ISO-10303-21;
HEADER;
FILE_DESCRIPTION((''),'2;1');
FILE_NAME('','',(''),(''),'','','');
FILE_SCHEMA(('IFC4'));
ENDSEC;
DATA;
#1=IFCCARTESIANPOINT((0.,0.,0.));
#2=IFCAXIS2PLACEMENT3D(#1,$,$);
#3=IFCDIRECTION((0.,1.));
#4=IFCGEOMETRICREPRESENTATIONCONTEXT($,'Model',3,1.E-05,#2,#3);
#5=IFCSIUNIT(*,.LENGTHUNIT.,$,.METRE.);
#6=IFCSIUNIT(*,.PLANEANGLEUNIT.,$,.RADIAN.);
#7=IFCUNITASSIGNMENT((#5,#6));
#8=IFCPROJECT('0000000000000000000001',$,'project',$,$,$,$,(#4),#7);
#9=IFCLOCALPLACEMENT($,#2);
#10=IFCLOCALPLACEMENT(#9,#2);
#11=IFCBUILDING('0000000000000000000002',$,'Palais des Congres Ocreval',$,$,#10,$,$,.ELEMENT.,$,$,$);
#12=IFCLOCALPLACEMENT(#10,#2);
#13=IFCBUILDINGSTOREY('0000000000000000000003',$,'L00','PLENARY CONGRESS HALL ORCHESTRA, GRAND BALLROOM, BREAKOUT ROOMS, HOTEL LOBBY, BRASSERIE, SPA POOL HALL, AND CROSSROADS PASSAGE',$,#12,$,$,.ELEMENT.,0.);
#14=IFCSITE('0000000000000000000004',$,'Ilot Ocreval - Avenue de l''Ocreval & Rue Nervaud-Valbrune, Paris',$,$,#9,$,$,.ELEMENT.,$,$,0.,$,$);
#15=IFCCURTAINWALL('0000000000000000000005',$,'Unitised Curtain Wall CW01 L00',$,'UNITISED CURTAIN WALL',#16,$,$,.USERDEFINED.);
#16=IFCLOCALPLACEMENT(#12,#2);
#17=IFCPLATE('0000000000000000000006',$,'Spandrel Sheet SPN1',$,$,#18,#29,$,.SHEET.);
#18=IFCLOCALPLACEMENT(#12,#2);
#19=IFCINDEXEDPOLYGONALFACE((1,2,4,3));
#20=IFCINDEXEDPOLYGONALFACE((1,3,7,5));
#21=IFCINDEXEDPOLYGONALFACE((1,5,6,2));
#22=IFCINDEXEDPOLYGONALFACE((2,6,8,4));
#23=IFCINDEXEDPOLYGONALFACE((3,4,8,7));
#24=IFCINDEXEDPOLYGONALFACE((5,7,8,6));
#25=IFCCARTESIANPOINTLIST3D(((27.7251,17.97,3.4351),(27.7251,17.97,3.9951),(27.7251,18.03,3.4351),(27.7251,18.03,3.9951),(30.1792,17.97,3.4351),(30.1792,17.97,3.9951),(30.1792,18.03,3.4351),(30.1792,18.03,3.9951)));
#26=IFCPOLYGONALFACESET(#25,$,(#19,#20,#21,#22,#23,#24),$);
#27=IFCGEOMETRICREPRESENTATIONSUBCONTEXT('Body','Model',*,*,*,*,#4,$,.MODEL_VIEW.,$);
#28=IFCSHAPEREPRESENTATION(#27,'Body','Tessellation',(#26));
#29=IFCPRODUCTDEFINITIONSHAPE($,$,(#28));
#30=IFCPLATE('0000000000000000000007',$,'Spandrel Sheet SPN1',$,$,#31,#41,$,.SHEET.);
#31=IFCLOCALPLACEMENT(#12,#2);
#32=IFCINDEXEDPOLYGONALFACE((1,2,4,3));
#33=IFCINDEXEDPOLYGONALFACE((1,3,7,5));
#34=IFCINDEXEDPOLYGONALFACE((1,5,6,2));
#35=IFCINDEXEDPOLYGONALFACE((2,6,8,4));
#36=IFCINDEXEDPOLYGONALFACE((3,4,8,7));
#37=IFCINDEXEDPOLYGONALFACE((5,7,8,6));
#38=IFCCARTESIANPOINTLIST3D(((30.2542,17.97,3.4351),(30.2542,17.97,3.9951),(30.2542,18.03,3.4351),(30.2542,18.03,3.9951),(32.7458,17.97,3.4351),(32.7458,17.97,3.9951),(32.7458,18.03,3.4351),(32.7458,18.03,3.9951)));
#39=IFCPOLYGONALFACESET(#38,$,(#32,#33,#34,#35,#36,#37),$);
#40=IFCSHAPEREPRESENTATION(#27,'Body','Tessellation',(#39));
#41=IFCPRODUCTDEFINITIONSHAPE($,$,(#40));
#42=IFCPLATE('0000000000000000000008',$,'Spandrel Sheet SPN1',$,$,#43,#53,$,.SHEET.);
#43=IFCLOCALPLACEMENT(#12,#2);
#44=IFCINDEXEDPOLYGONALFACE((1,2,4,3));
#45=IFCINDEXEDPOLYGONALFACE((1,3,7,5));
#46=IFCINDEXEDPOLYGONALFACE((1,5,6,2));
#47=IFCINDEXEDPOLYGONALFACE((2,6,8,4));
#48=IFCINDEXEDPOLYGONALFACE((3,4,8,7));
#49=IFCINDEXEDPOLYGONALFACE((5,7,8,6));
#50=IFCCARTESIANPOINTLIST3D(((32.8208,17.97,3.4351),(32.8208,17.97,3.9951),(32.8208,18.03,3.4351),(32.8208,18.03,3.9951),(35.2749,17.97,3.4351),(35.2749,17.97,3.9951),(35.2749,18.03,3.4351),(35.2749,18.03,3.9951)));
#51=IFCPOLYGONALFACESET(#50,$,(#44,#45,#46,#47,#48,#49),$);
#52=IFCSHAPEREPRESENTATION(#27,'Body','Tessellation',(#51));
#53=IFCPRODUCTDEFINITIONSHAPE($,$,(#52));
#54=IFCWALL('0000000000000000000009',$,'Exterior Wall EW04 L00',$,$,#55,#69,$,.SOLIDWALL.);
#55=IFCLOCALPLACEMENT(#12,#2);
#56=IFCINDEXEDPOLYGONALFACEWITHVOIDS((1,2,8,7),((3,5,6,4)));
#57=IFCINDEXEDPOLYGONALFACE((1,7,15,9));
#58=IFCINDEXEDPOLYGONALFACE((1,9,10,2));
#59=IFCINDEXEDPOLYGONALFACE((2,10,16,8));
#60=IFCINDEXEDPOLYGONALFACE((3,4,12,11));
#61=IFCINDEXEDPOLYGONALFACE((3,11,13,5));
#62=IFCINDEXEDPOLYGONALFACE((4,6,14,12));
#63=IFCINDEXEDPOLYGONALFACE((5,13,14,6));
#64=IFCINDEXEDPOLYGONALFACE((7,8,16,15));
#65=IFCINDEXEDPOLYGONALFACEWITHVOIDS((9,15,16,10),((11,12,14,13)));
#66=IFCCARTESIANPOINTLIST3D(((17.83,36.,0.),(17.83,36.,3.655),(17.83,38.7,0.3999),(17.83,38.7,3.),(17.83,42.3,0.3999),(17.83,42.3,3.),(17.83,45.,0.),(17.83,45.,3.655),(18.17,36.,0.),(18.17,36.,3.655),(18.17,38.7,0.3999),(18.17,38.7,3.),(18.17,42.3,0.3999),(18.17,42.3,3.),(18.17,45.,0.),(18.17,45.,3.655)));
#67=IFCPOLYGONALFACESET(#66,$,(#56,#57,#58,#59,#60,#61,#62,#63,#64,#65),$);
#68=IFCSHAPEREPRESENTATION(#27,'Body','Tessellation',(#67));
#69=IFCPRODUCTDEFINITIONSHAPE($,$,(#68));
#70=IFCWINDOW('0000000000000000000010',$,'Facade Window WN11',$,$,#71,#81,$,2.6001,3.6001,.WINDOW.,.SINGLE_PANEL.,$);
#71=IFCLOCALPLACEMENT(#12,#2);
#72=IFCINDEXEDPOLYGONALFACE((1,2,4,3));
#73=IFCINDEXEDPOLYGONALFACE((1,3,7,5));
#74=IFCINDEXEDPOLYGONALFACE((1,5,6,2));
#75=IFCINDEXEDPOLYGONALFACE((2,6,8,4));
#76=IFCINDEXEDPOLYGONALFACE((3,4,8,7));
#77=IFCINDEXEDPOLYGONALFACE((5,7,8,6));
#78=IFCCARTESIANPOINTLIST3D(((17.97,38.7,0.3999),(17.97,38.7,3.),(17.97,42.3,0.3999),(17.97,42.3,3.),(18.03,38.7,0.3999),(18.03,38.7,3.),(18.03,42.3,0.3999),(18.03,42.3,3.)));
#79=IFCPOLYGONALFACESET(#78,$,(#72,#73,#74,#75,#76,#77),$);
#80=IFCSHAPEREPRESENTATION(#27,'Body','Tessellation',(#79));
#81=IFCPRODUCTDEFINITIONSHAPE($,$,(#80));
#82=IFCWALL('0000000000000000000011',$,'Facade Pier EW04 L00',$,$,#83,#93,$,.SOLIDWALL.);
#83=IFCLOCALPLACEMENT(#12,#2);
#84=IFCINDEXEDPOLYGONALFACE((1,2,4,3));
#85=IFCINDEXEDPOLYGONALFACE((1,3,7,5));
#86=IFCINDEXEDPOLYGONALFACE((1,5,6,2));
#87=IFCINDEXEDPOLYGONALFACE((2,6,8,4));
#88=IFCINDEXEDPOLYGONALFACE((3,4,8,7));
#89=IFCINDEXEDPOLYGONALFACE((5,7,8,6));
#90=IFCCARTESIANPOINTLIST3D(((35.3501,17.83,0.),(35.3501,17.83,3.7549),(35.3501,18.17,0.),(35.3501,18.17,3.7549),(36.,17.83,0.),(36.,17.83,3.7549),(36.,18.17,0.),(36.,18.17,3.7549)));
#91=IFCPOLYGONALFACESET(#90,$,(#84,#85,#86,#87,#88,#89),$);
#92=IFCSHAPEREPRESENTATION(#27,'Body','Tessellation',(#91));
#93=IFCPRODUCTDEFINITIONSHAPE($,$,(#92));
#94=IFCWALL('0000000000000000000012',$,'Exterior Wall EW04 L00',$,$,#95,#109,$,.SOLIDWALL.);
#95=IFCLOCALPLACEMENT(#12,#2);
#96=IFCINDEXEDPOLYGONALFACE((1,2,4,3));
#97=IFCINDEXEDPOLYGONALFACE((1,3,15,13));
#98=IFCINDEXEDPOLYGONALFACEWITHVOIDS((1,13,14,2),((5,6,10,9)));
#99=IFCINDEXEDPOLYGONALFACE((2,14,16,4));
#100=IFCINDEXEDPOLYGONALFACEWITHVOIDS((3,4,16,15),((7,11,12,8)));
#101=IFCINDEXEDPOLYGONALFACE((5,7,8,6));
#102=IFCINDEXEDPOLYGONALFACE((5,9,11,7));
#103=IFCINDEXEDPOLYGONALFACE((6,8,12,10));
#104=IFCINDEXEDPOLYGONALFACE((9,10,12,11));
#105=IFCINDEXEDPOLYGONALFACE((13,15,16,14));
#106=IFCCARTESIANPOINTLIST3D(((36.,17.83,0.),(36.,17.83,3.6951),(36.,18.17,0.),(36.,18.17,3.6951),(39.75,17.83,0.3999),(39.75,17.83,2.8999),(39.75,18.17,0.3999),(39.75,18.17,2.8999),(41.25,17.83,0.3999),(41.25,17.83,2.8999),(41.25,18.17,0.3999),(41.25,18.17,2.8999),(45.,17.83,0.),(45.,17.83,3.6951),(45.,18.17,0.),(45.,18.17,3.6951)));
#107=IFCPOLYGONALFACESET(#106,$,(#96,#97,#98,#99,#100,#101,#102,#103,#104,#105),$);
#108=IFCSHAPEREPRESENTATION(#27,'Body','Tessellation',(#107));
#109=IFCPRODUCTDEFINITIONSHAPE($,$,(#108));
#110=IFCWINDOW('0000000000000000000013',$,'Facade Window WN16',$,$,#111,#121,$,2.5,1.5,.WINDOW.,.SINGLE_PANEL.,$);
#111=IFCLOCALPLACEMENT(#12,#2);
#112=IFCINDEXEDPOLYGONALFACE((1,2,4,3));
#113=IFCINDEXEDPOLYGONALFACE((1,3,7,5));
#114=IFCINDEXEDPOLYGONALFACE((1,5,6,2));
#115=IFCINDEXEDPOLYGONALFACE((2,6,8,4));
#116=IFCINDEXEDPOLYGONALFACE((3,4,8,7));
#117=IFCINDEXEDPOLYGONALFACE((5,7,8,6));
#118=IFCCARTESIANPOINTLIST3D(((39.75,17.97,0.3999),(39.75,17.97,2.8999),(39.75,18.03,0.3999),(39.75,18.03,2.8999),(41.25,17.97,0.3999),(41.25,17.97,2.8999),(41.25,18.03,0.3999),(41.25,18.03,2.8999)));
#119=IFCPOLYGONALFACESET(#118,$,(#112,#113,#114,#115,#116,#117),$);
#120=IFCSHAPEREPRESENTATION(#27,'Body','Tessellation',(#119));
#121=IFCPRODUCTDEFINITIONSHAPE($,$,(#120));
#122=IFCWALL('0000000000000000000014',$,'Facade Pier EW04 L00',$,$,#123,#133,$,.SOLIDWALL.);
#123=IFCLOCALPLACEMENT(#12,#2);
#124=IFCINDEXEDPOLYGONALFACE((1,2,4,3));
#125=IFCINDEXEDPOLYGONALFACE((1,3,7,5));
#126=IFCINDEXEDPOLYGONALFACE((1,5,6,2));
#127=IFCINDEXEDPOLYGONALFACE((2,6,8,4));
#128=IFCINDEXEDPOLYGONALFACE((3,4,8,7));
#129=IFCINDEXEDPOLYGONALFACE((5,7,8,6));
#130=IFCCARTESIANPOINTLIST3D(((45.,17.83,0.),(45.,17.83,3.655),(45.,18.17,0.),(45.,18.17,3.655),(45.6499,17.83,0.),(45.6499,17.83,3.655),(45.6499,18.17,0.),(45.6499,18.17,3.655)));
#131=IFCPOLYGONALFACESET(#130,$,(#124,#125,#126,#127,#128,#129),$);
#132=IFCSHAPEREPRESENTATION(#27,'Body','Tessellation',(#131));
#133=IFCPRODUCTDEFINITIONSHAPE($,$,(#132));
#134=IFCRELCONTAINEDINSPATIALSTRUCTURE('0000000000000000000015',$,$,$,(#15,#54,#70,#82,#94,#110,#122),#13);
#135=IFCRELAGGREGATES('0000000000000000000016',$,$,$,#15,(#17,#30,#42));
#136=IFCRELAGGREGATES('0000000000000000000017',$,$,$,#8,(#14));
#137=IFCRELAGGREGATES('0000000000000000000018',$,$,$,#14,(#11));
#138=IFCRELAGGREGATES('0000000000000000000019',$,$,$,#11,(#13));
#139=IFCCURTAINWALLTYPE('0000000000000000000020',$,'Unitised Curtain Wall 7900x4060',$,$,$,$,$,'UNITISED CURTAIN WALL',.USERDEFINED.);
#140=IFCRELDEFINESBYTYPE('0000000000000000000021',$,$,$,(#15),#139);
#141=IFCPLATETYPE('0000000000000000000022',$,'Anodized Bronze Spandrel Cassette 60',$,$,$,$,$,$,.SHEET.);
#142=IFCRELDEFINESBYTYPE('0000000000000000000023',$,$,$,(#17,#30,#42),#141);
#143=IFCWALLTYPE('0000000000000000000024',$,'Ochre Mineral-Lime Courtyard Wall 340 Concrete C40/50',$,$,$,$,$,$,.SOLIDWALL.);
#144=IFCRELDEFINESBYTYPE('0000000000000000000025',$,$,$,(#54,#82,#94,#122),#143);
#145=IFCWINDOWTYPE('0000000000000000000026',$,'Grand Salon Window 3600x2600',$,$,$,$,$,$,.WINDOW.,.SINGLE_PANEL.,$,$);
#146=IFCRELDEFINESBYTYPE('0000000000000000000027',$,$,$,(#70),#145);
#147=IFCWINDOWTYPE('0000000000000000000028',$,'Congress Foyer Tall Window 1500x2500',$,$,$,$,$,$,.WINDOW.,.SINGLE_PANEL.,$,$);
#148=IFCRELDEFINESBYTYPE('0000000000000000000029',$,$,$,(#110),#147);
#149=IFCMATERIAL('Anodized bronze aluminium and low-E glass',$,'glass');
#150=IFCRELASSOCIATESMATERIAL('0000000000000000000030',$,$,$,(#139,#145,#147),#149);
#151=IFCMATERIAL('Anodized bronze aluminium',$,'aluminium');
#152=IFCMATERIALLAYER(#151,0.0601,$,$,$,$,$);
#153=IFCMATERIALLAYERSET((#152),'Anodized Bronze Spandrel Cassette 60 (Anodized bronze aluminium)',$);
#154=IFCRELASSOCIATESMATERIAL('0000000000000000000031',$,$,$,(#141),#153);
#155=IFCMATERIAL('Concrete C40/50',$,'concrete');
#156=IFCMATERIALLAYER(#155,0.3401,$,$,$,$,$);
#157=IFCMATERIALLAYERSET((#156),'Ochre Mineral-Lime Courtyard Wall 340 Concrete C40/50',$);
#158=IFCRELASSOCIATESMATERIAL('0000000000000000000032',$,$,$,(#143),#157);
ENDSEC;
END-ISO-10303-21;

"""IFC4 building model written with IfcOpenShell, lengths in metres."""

from ifc_helpers import new_model, si_unit, direction, frame, frame_2d, origin, origin_2d, place, context, subcontext, project, spatial, rectangle, extrude, material, layer, layer_set, type_object, element, fill, aggregate, save


model = new_model("IFC4")

# Units and contexts
model_context = context("Model", 3, precision=1e-05, world=origin(), true_north=direction((0.0, 1.0)))
body_context = subcontext(model_context, "Body", "Model", "MODEL_VIEW")
ifc_project = project(units=[si_unit("LENGTHUNIT", "METRE"), si_unit("PLANEANGLEUNIT", "RADIAN")], contexts=[model_context])

# Site, building, storey
site_placement = place(None, origin())
site = spatial("IfcSite", under=ifc_project, at=site_placement, Name="Ilot Ocreval - Avenue de l'Ocreval & Rue Nervaud-Valbrune, Paris", CompositionType="ELEMENT", RefElevation=0.0)
building_placement = place(site_placement, origin())
building = spatial("IfcBuilding", under=site, at=building_placement, Name="Palais des Congres Ocreval", CompositionType="ELEMENT")
storey_placement = place(building_placement, origin())
storey = spatial("IfcBuildingStorey", under=building, at=storey_placement, Name="L00", Description="PLENARY CONGRESS HALL ORCHESTRA, GRAND BALLROOM, BREAKOUT ROOMS, HOTEL LOBBY, BRASSERIE, SPA POOL HALL, AND CROSSROADS PASSAGE", CompositionType="ELEMENT", Elevation=0.0)

# Shared definitions
ifc_material_1 = material(Name="Concrete C40/50", Category="concrete")

# Curtain wall
ifc_material_2 = material(Name="Anodized bronze aluminium and low-E glass", Category="glass")
curtain_wall_type = type_object("IfcCurtainWallType", Name="Unitised Curtain Wall 7900x4060", ElementType="UNITISED CURTAIN WALL", PredefinedType="USERDEFINED", material=ifc_material_2)
curtain_wall_placement = place(storey_placement, origin())
curtain_wall = element("IfcCurtainWall", 1, at=curtain_wall_placement, inside=storey, type_object=curtain_wall_type, Name="Unitised Curtain Wall CW01 L00", ObjectType="UNITISED CURTAIN WALL", PredefinedType="USERDEFINED")
ifc_material_3 = material(Name="Anodized bronze aluminium", Category="aluminium")

# Plates
ifc_layer_1 = layer(ifc_material_3, 0.0601)
ifc_layer_set_1 = layer_set([ifc_layer_1], Name="Anodized Bronze Spandrel Cassette 60 (Anodized bronze aluminium)")
plate_type_1 = type_object("IfcPlateType", Name="Anodized Bronze Spandrel Cassette 60", PredefinedType="SHEET", material=ifc_layer_set_1)
plate_1_placement = place(storey_placement, frame((28.9521, 18.0, 3.4351), z_axis=(0.0, 0.0, 1.0), x_axis=(1.0, 0.0, 0.0)))
plate_1 = element("IfcPlate", 2, at=plate_1_placement, type_object=plate_type_1, Name="Spandrel Sheet SPN1", PredefinedType="SHEET", context=body_context, shape_type="SweptSolid", body=[
    extrude(rectangle(XDim=2.4541, YDim=0.0601, at=origin_2d()), origin(), (0.0, 0.0, 1.0), 0.5601),
])
plate_2_placement = place(storey_placement, frame((31.5, 18.0, 3.4351), z_axis=(0.0, 0.0, 1.0), x_axis=(1.0, 0.0, 0.0)))
plate_2 = element("IfcPlate", 3, at=plate_2_placement, type_object=plate_type_1, Name="Spandrel Sheet SPN1", PredefinedType="SHEET", context=body_context, shape_type="SweptSolid", body=[
    extrude(rectangle(XDim=2.4917, YDim=0.0601, at=origin_2d()), origin(), (0.0, 0.0, 1.0), 0.5601),
])
plate_3_placement = place(storey_placement, frame((34.0479, 18.0, 3.4351), z_axis=(0.0, 0.0, 1.0), x_axis=(1.0, 0.0, 0.0)))
plate_3 = element("IfcPlate", 4, at=plate_3_placement, type_object=plate_type_1, Name="Spandrel Sheet SPN1", PredefinedType="SHEET", context=body_context, shape_type="SweptSolid", body=[
    extrude(rectangle(XDim=2.4541, YDim=0.0601, at=origin_2d()), origin(), (0.0, 0.0, 1.0), 0.5601),
])
aggregate(curtain_wall, [plate_1, plate_2, plate_3])

# Wall, opening, window
ifc_layer_2 = layer(ifc_material_1, 0.3401)
ifc_layer_set_2 = layer_set([ifc_layer_2], Name="Ochre Mineral-Lime Courtyard Wall 340 Concrete C40/50")
wall_type = type_object("IfcWallType", Name="Ochre Mineral-Lime Courtyard Wall 340 Concrete C40/50", PredefinedType="SOLIDWALL", material=ifc_layer_set_2)
wall_1_placement = place(storey_placement, frame((18.0, 45.0, 0.0), z_axis=(0.0, 0.0, 1.0), x_axis=(0.0, -1.0, 0.0)))
wall_1 = element("IfcWall", 5, at=wall_1_placement, inside=storey, type_object=wall_type, Name="Exterior Wall EW04 L00", PredefinedType="SOLIDWALL", context=body_context, shape_type="SweptSolid", body=[
    extrude(rectangle(XDim=9.0, YDim=0.3401, at=frame_2d((4.5, 0.0))), origin(), (0.0, 0.0, 1.0), 3.655),
])
opening_1_placement = place(wall_1_placement, frame((2.7, 0.0, 0.3999)))
opening_1 = element("IfcOpeningElement", 6, at=opening_1_placement, cuts=wall_1, PredefinedType="OPENING", context=body_context, shape_type="SweptSolid", body=[
    extrude(rectangle(XDim=3.6001, YDim=2.6001, at=frame_2d((1.8, 1.3))), frame((0.0, 0.1799, 0.0), z_axis=(0.0, -1.0, 0.0), x_axis=(1.0, 0.0, 0.0)), (0.0, 0.0, 1.0), 0.3601),
])
window_type_1 = type_object("IfcWindowType", Name="Grand Salon Window 3600x2600", PartitioningType="SINGLE_PANEL", PredefinedType="WINDOW", material=ifc_material_2)
window_1_placement = place(opening_1_placement, origin())
window_1 = element("IfcWindow", 7, at=window_1_placement, inside=storey, type_object=window_type_1, Name="Facade Window WN11", OverallHeight=2.6001, OverallWidth=3.6001, PartitioningType="SINGLE_PANEL", PredefinedType="WINDOW", context=body_context, shape_type="SweptSolid", body=[
    extrude(rectangle(XDim=3.6001, YDim=2.6001, at=frame_2d((1.8, 1.3))), frame((0.0, 0.03, 0.0), z_axis=(0.0, -1.0, 0.0), x_axis=(1.0, 0.0, 0.0)), (0.0, 0.0, 1.0), 0.0601),
])
fill(opening_1, window_1)

# Wall
wall_2_placement = place(storey_placement, frame((35.3501, 18.0, 0.0), z_axis=(0.0, 0.0, 1.0), x_axis=(1.0, 0.0, 0.0)))
element("IfcWall", 8, at=wall_2_placement, inside=storey, type_object=wall_type, Name="Facade Pier EW04 L00", PredefinedType="SOLIDWALL", context=body_context, shape_type="SweptSolid", body=[
    extrude(rectangle(XDim=0.6499, YDim=0.3401, at=frame_2d((0.325, 0.0))), origin(), (0.0, 0.0, 1.0), 3.7549),
])

# Wall, opening, window
wall_3_placement = place(storey_placement, frame((36.0, 18.0, 0.0), z_axis=(0.0, 0.0, 1.0), x_axis=(1.0, 0.0, 0.0)))
wall_3 = element("IfcWall", 9, at=wall_3_placement, inside=storey, type_object=wall_type, Name="Exterior Wall EW04 L00", PredefinedType="SOLIDWALL", context=body_context, shape_type="SweptSolid", body=[
    extrude(rectangle(XDim=9.0, YDim=0.3401, at=frame_2d((4.5, 0.0))), origin(), (0.0, 0.0, 1.0), 3.6951),
])
opening_2_placement = place(wall_3_placement, frame((3.75, 0.0, 0.3999)))
opening_2 = element("IfcOpeningElement", 10, at=opening_2_placement, cuts=wall_3, PredefinedType="OPENING", context=body_context, shape_type="SweptSolid", body=[
    extrude(rectangle(XDim=1.5, YDim=2.5, at=frame_2d((0.75, 1.25))), frame((0.0, 0.1799, 0.0), z_axis=(0.0, -1.0, 0.0), x_axis=(1.0, 0.0, 0.0)), (0.0, 0.0, 1.0), 0.3601),
])
window_type_2 = type_object("IfcWindowType", Name="Congress Foyer Tall Window 1500x2500", PartitioningType="SINGLE_PANEL", PredefinedType="WINDOW", material=ifc_material_2)
window_2_placement = place(opening_2_placement, origin())
window_2 = element("IfcWindow", 11, at=window_2_placement, inside=storey, type_object=window_type_2, Name="Facade Window WN16", OverallHeight=2.5, OverallWidth=1.5, PartitioningType="SINGLE_PANEL", PredefinedType="WINDOW", context=body_context, shape_type="SweptSolid", body=[
    extrude(rectangle(XDim=1.5, YDim=2.5, at=frame_2d((0.75, 1.25))), frame((0.0, 0.03, 0.0), z_axis=(0.0, -1.0, 0.0), x_axis=(1.0, 0.0, 0.0)), (0.0, 0.0, 1.0), 0.0601),
])
fill(opening_2, window_2)

# Wall
wall_4_placement = place(storey_placement, frame((45.0, 18.0, 0.0), z_axis=(0.0, 0.0, 1.0), x_axis=(1.0, 0.0, 0.0)))
element("IfcWall", 12, at=wall_4_placement, inside=storey, type_object=wall_type, Name="Facade Pier EW04 L00", PredefinedType="SOLIDWALL", context=body_context, shape_type="SweptSolid", body=[
    extrude(rectangle(XDim=0.6499, YDim=0.3401, at=frame_2d((0.325, 0.0))), origin(), (0.0, 0.0, 1.0), 3.655),
])

save(model, "model.ifc")
